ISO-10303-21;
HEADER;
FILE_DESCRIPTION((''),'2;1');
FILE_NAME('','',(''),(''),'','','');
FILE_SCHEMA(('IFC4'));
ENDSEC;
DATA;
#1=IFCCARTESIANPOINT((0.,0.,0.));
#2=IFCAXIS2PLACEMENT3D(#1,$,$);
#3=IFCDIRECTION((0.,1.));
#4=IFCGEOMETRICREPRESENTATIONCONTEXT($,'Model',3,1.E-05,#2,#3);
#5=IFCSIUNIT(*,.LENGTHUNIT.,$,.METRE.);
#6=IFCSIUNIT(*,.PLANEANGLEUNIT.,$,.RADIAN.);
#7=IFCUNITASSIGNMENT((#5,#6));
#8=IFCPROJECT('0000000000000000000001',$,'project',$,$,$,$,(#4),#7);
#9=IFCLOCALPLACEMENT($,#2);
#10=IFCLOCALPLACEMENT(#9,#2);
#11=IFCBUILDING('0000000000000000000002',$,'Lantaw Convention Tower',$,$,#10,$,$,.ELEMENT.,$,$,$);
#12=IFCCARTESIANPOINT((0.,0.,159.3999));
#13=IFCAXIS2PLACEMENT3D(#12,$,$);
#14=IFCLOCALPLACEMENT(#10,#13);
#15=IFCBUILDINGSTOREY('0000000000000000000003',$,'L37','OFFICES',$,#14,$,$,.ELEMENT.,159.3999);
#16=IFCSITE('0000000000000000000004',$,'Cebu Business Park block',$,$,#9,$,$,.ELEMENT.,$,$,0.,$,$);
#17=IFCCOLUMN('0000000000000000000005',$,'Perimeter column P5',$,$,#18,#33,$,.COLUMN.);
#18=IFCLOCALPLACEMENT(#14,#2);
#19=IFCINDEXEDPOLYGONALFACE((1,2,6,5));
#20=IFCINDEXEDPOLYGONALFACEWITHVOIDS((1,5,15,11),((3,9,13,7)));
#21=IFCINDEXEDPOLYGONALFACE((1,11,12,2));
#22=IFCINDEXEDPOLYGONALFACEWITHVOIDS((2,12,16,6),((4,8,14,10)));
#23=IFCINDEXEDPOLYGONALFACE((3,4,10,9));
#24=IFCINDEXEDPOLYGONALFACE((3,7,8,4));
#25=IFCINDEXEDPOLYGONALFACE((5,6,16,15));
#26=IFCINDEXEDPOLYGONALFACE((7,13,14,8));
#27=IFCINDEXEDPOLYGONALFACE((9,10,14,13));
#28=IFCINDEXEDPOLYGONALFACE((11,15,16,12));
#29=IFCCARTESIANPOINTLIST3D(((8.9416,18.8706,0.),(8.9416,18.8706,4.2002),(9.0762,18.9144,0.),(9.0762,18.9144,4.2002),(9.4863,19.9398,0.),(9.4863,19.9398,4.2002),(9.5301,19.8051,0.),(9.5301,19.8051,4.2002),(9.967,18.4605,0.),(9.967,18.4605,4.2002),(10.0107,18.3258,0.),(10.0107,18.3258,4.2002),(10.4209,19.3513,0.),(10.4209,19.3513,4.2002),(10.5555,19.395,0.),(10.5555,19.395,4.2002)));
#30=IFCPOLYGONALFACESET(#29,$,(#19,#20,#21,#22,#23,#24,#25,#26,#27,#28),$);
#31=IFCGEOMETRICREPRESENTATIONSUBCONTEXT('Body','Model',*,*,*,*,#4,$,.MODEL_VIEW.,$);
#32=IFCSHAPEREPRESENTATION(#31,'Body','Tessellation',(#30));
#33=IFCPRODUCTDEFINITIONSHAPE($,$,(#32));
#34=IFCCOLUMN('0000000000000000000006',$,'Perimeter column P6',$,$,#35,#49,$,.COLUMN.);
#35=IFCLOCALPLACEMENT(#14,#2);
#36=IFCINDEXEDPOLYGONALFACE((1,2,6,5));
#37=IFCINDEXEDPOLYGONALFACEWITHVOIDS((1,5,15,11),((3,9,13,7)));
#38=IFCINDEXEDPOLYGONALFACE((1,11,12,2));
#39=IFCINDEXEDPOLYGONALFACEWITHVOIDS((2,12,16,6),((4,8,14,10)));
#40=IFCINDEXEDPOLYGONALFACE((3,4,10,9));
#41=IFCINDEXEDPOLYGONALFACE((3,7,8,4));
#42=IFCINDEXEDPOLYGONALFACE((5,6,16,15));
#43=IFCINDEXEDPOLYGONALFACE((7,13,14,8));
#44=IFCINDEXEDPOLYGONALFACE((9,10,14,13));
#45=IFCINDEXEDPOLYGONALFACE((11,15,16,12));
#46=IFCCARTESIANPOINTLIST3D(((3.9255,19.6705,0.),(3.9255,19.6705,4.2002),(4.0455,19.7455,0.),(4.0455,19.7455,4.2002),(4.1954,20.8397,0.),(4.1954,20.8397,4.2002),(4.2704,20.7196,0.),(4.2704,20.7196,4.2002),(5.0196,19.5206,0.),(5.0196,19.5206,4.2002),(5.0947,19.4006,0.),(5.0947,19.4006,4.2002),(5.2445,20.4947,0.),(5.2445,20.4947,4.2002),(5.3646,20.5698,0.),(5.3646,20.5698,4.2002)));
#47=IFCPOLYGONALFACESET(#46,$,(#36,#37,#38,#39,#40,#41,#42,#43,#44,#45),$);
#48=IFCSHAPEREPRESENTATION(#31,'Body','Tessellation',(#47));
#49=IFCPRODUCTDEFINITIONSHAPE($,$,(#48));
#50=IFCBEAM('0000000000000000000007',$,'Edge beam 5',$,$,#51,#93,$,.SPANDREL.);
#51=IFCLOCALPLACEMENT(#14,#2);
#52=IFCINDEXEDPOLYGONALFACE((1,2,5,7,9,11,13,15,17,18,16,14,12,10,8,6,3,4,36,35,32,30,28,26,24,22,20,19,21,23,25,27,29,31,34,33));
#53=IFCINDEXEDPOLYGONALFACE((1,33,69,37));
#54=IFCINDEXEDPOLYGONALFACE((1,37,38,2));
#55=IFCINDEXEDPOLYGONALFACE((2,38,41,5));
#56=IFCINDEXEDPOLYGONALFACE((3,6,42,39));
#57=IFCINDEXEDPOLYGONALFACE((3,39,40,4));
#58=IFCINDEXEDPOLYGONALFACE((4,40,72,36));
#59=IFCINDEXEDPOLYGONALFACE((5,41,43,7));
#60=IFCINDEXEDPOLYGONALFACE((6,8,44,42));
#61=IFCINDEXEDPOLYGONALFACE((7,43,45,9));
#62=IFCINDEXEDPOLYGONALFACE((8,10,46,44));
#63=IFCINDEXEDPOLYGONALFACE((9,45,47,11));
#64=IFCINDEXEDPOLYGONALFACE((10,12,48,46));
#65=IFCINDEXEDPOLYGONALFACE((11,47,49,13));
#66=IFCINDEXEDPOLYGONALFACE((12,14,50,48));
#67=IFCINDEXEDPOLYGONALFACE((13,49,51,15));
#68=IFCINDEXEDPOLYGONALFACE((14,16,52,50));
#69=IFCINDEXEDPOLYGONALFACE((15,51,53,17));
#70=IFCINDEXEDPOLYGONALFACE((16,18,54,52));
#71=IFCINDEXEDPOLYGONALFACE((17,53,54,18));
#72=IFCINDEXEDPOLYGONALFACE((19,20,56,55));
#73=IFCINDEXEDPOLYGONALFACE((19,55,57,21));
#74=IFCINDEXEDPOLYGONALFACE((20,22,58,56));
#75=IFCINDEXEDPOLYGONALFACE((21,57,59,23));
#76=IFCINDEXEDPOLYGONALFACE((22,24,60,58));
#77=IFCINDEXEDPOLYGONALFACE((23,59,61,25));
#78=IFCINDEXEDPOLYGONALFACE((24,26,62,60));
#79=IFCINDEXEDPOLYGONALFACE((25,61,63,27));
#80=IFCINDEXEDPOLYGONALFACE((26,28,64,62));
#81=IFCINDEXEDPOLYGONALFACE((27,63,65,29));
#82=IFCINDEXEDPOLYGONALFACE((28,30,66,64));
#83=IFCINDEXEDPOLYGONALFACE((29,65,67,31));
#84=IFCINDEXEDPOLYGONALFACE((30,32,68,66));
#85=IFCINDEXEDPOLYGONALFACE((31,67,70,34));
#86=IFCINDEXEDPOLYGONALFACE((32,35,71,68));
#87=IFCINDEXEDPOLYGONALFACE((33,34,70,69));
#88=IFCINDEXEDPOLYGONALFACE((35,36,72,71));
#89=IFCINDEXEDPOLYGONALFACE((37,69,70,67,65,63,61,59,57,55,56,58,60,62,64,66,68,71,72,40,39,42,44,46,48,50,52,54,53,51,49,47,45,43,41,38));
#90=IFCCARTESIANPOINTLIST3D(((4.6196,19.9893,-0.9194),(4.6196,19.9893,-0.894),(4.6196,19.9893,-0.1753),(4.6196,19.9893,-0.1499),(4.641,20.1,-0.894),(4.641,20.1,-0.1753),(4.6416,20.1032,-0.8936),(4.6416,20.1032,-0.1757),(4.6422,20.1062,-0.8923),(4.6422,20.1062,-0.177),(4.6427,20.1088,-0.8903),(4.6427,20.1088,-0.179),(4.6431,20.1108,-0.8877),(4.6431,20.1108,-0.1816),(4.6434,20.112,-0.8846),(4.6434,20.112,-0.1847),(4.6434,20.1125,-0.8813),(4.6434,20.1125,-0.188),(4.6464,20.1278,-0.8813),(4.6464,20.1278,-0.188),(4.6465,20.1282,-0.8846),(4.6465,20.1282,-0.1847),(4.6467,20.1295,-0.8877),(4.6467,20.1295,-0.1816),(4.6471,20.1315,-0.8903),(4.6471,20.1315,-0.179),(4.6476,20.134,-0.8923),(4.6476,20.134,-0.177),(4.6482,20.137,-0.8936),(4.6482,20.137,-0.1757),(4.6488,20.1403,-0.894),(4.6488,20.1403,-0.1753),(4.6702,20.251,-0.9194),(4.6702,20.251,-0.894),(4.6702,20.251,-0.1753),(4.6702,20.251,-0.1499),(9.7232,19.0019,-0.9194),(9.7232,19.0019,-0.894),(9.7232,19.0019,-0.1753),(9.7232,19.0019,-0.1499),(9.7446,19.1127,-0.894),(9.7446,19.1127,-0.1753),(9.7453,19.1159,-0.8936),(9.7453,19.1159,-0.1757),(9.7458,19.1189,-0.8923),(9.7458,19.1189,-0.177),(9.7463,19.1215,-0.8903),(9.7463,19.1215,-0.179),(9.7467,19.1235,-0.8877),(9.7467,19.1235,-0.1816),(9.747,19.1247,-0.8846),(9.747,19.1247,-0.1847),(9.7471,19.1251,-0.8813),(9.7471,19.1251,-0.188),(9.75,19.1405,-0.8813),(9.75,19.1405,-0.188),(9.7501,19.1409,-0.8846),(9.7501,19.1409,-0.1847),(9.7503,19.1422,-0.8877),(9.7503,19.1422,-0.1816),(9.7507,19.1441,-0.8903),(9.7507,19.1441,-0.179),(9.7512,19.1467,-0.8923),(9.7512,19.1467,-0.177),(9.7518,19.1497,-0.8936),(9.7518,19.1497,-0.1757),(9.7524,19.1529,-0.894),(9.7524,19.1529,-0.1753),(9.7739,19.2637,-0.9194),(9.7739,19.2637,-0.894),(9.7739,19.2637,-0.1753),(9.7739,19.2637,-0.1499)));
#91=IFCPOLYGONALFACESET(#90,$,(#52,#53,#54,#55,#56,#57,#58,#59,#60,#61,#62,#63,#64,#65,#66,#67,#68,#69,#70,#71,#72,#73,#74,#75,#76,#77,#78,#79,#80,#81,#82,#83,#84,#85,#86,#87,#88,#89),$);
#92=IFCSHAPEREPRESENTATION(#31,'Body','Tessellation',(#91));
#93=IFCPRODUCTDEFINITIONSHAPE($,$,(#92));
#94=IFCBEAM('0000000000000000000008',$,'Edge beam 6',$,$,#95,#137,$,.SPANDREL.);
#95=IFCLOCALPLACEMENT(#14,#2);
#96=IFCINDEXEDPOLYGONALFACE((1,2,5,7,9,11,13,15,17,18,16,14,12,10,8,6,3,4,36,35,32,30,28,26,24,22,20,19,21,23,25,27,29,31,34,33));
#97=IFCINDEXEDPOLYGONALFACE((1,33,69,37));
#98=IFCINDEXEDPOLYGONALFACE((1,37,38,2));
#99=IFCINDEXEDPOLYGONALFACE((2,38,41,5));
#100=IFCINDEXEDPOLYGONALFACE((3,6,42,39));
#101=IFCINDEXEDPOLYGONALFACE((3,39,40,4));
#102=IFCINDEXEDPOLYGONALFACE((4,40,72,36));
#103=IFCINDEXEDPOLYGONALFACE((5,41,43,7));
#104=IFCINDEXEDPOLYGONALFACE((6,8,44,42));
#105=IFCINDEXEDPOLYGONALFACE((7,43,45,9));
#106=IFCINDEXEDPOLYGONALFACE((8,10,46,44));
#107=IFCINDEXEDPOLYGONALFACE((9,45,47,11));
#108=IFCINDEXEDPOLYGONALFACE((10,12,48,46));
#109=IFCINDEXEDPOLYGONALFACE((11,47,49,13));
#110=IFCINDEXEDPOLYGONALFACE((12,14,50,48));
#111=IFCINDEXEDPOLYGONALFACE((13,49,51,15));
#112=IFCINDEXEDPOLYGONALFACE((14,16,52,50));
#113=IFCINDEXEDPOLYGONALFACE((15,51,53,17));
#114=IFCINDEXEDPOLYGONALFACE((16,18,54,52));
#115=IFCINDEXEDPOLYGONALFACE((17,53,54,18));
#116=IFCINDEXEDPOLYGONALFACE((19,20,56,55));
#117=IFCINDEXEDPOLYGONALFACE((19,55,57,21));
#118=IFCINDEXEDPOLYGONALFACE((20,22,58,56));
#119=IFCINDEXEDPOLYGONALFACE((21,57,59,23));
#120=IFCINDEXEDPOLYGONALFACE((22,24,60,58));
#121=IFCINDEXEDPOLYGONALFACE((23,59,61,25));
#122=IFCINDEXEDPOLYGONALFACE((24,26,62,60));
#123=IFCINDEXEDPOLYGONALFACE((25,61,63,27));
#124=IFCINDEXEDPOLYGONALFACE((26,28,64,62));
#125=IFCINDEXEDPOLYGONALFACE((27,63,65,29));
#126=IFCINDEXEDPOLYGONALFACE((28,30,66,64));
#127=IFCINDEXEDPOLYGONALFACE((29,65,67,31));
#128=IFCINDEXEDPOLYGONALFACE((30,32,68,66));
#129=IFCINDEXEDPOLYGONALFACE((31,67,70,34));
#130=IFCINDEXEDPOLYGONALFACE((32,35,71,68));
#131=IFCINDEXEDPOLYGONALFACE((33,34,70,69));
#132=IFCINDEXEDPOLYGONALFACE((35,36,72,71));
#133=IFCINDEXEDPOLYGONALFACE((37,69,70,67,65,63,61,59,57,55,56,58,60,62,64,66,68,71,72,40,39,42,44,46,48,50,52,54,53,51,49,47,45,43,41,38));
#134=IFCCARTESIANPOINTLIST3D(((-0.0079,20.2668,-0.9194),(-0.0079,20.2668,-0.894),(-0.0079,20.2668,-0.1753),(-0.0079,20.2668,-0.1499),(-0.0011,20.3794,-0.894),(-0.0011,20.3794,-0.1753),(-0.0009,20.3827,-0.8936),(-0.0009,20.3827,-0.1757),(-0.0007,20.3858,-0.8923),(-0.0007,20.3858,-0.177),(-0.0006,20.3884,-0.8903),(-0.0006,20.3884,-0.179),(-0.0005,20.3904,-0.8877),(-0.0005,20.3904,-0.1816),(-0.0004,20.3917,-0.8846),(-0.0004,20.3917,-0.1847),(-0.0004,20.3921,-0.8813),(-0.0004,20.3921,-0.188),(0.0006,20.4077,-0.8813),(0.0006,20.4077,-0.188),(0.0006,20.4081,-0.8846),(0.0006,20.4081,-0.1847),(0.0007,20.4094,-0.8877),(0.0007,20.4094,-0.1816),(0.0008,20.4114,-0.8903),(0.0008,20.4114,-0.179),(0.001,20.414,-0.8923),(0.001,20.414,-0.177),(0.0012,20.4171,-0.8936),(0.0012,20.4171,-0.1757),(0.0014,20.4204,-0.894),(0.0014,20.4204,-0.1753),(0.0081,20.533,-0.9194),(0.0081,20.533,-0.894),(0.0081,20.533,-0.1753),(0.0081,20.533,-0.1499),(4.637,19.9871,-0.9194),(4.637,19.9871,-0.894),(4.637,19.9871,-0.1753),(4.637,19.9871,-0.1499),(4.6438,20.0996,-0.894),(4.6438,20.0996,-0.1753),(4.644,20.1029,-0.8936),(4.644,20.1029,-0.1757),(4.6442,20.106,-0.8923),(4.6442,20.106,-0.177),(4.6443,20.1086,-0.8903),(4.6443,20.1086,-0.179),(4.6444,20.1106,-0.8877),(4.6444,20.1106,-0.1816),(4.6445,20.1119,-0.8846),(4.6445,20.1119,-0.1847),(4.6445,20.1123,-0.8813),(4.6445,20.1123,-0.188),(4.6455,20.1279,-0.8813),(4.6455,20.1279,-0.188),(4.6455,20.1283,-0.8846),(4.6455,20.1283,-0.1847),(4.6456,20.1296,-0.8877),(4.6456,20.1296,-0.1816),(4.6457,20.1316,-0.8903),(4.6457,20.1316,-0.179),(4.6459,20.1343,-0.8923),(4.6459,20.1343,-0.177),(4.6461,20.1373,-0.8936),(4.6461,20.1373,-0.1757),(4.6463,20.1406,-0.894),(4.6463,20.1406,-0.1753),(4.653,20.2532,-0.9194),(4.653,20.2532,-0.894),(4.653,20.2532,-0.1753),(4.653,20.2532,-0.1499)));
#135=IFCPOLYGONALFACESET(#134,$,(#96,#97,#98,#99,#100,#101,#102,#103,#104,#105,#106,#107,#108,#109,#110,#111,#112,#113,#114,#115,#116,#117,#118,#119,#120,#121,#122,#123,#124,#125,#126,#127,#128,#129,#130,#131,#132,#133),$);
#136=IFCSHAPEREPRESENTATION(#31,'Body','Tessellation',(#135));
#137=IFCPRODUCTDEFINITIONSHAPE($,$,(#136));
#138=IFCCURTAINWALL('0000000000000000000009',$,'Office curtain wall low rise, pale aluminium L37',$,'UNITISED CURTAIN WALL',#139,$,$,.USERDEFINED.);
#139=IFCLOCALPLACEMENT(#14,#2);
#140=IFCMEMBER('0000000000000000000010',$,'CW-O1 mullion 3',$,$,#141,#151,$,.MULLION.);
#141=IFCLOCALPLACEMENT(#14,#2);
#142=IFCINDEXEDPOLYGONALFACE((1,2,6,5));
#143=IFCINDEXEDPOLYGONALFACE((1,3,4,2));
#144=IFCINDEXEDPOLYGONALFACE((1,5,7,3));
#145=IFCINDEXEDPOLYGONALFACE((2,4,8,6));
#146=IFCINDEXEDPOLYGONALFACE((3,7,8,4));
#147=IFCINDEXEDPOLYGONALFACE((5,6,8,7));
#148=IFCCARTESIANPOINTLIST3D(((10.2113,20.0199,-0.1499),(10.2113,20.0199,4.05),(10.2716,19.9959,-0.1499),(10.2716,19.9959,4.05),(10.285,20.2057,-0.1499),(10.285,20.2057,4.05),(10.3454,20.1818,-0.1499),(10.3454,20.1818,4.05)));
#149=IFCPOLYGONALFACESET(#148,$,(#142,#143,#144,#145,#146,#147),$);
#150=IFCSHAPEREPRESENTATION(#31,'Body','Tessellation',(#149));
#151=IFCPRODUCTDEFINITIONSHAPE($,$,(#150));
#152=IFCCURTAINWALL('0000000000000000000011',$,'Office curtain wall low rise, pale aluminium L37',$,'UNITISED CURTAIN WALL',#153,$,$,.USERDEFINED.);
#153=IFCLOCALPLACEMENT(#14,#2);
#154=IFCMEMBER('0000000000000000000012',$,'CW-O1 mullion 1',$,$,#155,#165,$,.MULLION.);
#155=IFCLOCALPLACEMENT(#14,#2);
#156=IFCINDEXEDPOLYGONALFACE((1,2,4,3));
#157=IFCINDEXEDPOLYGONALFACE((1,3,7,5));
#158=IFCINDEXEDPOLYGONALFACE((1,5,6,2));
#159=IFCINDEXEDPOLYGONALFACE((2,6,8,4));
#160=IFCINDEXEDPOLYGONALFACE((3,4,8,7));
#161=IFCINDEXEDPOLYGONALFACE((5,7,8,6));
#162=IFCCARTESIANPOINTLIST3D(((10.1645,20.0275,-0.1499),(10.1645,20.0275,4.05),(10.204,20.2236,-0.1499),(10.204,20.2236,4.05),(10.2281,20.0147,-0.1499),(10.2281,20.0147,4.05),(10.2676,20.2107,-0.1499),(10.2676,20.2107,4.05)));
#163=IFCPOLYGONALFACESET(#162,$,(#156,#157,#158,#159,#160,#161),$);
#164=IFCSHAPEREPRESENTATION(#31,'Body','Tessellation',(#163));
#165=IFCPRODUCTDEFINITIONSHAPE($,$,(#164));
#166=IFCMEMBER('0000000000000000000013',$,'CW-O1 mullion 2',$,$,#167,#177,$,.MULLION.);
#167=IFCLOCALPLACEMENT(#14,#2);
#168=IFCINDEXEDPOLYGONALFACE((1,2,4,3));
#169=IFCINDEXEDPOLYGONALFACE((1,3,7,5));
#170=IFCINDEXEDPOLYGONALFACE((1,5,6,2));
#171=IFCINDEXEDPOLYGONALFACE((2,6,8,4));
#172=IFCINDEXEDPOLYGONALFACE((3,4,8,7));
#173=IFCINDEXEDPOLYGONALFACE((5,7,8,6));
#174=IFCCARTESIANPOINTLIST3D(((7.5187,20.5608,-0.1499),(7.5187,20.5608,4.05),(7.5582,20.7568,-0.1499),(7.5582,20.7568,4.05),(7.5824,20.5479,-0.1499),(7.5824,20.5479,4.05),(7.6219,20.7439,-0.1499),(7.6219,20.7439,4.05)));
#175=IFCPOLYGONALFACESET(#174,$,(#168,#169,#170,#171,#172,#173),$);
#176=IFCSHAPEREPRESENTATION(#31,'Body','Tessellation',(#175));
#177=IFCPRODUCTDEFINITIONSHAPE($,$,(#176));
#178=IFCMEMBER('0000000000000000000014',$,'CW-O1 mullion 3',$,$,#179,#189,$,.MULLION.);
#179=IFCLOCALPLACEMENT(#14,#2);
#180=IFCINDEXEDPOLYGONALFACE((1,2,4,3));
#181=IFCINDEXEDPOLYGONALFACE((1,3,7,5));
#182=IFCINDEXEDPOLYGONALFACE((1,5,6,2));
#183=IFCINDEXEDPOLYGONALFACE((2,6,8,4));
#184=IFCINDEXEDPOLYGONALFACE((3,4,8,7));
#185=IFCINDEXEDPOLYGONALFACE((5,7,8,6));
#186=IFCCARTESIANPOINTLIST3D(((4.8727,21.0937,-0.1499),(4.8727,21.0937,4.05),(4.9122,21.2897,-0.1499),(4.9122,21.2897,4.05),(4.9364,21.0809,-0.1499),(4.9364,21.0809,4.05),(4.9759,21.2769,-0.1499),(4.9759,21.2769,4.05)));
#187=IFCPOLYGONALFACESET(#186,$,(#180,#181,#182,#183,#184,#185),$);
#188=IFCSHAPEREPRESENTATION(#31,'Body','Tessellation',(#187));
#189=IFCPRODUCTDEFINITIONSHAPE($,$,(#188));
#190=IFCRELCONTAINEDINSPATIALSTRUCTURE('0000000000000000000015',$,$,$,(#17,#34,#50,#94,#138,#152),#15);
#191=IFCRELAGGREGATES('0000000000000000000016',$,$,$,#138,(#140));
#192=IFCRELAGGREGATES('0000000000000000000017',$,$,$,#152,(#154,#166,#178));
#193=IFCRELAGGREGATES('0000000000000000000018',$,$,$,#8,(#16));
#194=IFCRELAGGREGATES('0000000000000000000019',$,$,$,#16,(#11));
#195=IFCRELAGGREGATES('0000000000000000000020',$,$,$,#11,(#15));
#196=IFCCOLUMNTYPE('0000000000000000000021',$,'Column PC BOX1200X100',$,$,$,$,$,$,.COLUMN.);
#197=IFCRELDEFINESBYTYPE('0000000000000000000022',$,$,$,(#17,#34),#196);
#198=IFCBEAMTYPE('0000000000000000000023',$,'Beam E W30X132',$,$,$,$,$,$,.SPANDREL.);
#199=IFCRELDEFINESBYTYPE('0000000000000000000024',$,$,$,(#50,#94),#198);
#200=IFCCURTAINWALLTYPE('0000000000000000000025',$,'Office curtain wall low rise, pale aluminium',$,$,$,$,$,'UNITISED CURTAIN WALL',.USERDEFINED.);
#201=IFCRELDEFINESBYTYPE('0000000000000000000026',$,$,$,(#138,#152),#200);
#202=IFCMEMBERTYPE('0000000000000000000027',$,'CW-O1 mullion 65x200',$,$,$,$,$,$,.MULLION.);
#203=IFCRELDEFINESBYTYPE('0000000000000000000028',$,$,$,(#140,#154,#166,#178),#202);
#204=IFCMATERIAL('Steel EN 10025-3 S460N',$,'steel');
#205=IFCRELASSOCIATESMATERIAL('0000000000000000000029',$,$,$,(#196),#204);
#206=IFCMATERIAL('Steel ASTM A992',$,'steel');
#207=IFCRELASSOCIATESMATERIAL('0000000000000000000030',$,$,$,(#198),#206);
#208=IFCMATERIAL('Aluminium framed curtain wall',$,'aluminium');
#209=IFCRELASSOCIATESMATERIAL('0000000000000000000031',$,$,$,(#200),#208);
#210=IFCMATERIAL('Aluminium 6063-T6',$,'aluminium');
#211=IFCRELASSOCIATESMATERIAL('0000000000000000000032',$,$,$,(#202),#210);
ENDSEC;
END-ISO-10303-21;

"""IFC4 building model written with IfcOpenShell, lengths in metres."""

from ifc_helpers import new_model, si_unit, direction, frame, origin, origin_2d, place, context, subcontext, project, spatial, rectangle, hollow_rectangle, i_section, extrude, material, material_profile, profile_set, type_object, element, aggregate, save


model = new_model("IFC4")

# Units and contexts
model_context = context("Model", 3, precision=1e-05, world=origin(), true_north=direction((0.0, 1.0)))
body_context = subcontext(model_context, "Body", "Model", "MODEL_VIEW")
ifc_project = project(units=[si_unit("LENGTHUNIT", "METRE"), si_unit("PLANEANGLEUNIT", "RADIAN")], contexts=[model_context])

# Site, building, storey
site_placement = place(None, origin())
site = spatial("IfcSite", under=ifc_project, at=site_placement, Name="Cebu Business Park block", CompositionType="ELEMENT", RefElevation=0.0)
building_placement = place(site_placement, origin())
building = spatial("IfcBuilding", under=site, at=building_placement, Name="Lantaw Convention Tower", CompositionType="ELEMENT")
storey_placement = place(building_placement, frame((0.0, 0.0, 159.3999)))
storey = spatial("IfcBuildingStorey", under=building, at=storey_placement, Name="L37", Description="OFFICES", CompositionType="ELEMENT", Elevation=159.3999)

# Columns
ifc_material_1 = material(Name="Steel EN 10025-3 S460N", Category="steel")
ifc_material_profile_1 = material_profile(ifc_material_1, hollow_rectangle(XDim=1.2, YDim=1.2, WallThickness=0.1001, at=origin_2d()), Name="BOX1200X100")
ifc_material_2 = material(Name="Concrete C60/75", Category="concrete")
ifc_material_profile_2 = material_profile(ifc_material_2, rectangle(XDim=1.0, YDim=1.0, at=origin_2d()), Name="Concrete fill of BOX1200X100")
ifc_profile_set_1 = profile_set([ifc_material_profile_1, ifc_material_profile_2], Name="Steel EN 10025-3 S460N")
column_type = type_object("IfcColumnType", Name="Column PC BOX1200X100", PredefinedType="COLUMN", material=ifc_profile_set_1)
for number, where, z_axis, x_axis, name in (
    (1, (9.7485, 19.1328, 0.0), (0.0, 0.0, 1.0), (0.45399, 0.891007, 0.0), "Perimeter column P5"),
    (2, (4.645, 20.1201, 0.0), (0.0, 0.0, 1.0), (0.224951, 0.97437, 0.0), "Perimeter column P6"),
):
    element("IfcColumn", number, at=place(storey_placement, frame(where, z_axis=z_axis, x_axis=x_axis)), inside=storey, type_object=column_type, Name=name, PredefinedType="COLUMN", context=body_context, shape_type="SweptSolid", body=[
        extrude(hollow_rectangle(XDim=1.2, YDim=1.2, WallThickness=0.1001, at=origin_2d()), origin(), (0.0, 0.0, 1.0), 4.2002),
    ])

# Beams
ifc_material_3 = material(Name="Steel ASTM A992", Category="steel")
ifc_material_profile_3 = material_profile(ifc_material_3, i_section(OverallWidth=0.2666, OverallDepth=0.7695, WebThickness=0.0156, FlangeThickness=0.0254, FilletRadius=0.0127, at=origin_2d()), Name="W30X132")
ifc_profile_set_2 = profile_set([ifc_material_profile_3], Name="Steel ASTM A992")
beam_type = type_object("IfcBeamType", Name="Beam E W30X132", PredefinedType="SPANDREL", material=ifc_profile_set_2)
beam_1_placement = place(storey_placement, frame((9.7485, 19.1328, -0.5347), z_axis=(-0.981797, 0.189934, 0.0), x_axis=(-0.189934, -0.981797, 0.0)))
element("IfcBeam", 3, at=beam_1_placement, inside=storey, type_object=beam_type, Name="Edge beam 5", PredefinedType="SPANDREL", context=body_context, shape_type="SweptSolid", body=[
    extrude(i_section(OverallWidth=0.2666, OverallDepth=0.7695, WebThickness=0.0156, FlangeThickness=0.0254, FilletRadius=0.0127, at=origin_2d()), origin(), (0.0, 0.0, 1.0), 5.1982),
])
beam_2_placement = place(storey_placement, frame((4.645, 20.1201, -0.5347), z_axis=(-0.998191, 0.060124, 0.0), x_axis=(-0.060124, -0.998191, 0.0)))
element("IfcBeam", 4, at=beam_2_placement, inside=storey, type_object=beam_type, Name="Edge beam 6", PredefinedType="SPANDREL", context=body_context, shape_type="SweptSolid", body=[
    extrude(i_section(OverallWidth=0.2666, OverallDepth=0.7695, WebThickness=0.0156, FlangeThickness=0.0254, FilletRadius=0.0127, at=origin_2d()), origin(), (0.0, 0.0, 1.0), 4.6533),
])

# Curtain wall, member
ifc_material_4 = material(Name="Aluminium framed curtain wall", Category="aluminium")
curtain_wall_type = type_object("IfcCurtainWallType", Name="Office curtain wall low rise, pale aluminium", ElementType="UNITISED CURTAIN WALL", PredefinedType="USERDEFINED", material=ifc_material_4)
curtain_wall_1_placement = place(storey_placement, origin())
curtain_wall_1 = element("IfcCurtainWall", 5, at=curtain_wall_1_placement, inside=storey, type_object=curtain_wall_type, Name="Office curtain wall low rise, pale aluminium L37", ObjectType="UNITISED CURTAIN WALL", PredefinedType="USERDEFINED")
ifc_material_5 = material(Name="Aluminium 6063-T6", Category="aluminium")
ifc_material_profile_4 = material_profile(ifc_material_5, rectangle(XDim=0.2, YDim=0.0649, at=origin_2d()), Name="CW-O1 mullion 65x200")
ifc_profile_set_3 = profile_set([ifc_material_profile_4], Name="Aluminium 6063-T6")
member_type_1 = type_object("IfcMemberType", Name="CW-O1 mullion 65x200", PredefinedType="MULLION", material=ifc_profile_set_3)
member_1_placement = place(storey_placement, frame((10.2783, 20.1008, -0.1499), z_axis=(0.0, 0.0, 1.0), x_axis=(-0.368702, -0.929548, 0.0)))
member_1 = element("IfcMember", 6, at=member_1_placement, type_object=member_type_1, Name="CW-O1 mullion 3", PredefinedType="MULLION", context=body_context, shape_type="SweptSolid", body=[
    extrude(rectangle(XDim=0.2, YDim=0.0649, at=origin_2d()), origin(), (0.0, 0.0, 1.0), 4.2),
])

# Curtain wall, members
curtain_wall_2_placement = place(storey_placement, origin())
curtain_wall_2 = element("IfcCurtainWall", 7, at=curtain_wall_2_placement, inside=storey, type_object=curtain_wall_type, Name="Office curtain wall low rise, pale aluminium L37", ObjectType="UNITISED CURTAIN WALL", PredefinedType="USERDEFINED")
member_2_placement = place(storey_placement, frame((10.2161, 20.1191, -0.1499), z_axis=(0.0, 0.0, 1.0), x_axis=(-0.197507, -0.980302, 0.0)))
member_2 = element("IfcMember", 8, at=member_2_placement, type_object=member_type_1, Name="CW-O1 mullion 1", PredefinedType="MULLION", context=body_context, shape_type="SweptSolid", body=[
    extrude(rectangle(XDim=0.2, YDim=0.0649, at=origin_2d()), origin(), (0.0, 0.0, 1.0), 4.2),
])
member_3_placement = place(storey_placement, frame((7.5703, 20.6523, -0.1499), z_axis=(0.0, 0.0, 1.0), x_axis=(-0.197507, -0.980302, 0.0)))
member_3 = element("IfcMember", 9, at=member_3_placement, type_object=member_type_1, Name="CW-O1 mullion 2", PredefinedType="MULLION", context=body_context, shape_type="SweptSolid", body=[
    extrude(rectangle(XDim=0.2, YDim=0.0649, at=origin_2d()), origin(), (0.0, 0.0, 1.0), 4.2),
])
member_4_placement = place(storey_placement, frame((4.9243, 21.1853, -0.1499), z_axis=(0.0, 0.0, 1.0), x_axis=(-0.197507, -0.980302, 0.0)))
member_4 = element("IfcMember", 10, at=member_4_placement, type_object=member_type_1, Name="CW-O1 mullion 3", PredefinedType="MULLION", context=body_context, shape_type="SweptSolid", body=[
    extrude(rectangle(XDim=0.2, YDim=0.0649, at=origin_2d()), origin(), (0.0, 0.0, 1.0), 4.2),
])

aggregate(curtain_wall_1, [member_1])
aggregate(curtain_wall_2, [member_2, member_3, member_4])

save(model, "model.ifc")
